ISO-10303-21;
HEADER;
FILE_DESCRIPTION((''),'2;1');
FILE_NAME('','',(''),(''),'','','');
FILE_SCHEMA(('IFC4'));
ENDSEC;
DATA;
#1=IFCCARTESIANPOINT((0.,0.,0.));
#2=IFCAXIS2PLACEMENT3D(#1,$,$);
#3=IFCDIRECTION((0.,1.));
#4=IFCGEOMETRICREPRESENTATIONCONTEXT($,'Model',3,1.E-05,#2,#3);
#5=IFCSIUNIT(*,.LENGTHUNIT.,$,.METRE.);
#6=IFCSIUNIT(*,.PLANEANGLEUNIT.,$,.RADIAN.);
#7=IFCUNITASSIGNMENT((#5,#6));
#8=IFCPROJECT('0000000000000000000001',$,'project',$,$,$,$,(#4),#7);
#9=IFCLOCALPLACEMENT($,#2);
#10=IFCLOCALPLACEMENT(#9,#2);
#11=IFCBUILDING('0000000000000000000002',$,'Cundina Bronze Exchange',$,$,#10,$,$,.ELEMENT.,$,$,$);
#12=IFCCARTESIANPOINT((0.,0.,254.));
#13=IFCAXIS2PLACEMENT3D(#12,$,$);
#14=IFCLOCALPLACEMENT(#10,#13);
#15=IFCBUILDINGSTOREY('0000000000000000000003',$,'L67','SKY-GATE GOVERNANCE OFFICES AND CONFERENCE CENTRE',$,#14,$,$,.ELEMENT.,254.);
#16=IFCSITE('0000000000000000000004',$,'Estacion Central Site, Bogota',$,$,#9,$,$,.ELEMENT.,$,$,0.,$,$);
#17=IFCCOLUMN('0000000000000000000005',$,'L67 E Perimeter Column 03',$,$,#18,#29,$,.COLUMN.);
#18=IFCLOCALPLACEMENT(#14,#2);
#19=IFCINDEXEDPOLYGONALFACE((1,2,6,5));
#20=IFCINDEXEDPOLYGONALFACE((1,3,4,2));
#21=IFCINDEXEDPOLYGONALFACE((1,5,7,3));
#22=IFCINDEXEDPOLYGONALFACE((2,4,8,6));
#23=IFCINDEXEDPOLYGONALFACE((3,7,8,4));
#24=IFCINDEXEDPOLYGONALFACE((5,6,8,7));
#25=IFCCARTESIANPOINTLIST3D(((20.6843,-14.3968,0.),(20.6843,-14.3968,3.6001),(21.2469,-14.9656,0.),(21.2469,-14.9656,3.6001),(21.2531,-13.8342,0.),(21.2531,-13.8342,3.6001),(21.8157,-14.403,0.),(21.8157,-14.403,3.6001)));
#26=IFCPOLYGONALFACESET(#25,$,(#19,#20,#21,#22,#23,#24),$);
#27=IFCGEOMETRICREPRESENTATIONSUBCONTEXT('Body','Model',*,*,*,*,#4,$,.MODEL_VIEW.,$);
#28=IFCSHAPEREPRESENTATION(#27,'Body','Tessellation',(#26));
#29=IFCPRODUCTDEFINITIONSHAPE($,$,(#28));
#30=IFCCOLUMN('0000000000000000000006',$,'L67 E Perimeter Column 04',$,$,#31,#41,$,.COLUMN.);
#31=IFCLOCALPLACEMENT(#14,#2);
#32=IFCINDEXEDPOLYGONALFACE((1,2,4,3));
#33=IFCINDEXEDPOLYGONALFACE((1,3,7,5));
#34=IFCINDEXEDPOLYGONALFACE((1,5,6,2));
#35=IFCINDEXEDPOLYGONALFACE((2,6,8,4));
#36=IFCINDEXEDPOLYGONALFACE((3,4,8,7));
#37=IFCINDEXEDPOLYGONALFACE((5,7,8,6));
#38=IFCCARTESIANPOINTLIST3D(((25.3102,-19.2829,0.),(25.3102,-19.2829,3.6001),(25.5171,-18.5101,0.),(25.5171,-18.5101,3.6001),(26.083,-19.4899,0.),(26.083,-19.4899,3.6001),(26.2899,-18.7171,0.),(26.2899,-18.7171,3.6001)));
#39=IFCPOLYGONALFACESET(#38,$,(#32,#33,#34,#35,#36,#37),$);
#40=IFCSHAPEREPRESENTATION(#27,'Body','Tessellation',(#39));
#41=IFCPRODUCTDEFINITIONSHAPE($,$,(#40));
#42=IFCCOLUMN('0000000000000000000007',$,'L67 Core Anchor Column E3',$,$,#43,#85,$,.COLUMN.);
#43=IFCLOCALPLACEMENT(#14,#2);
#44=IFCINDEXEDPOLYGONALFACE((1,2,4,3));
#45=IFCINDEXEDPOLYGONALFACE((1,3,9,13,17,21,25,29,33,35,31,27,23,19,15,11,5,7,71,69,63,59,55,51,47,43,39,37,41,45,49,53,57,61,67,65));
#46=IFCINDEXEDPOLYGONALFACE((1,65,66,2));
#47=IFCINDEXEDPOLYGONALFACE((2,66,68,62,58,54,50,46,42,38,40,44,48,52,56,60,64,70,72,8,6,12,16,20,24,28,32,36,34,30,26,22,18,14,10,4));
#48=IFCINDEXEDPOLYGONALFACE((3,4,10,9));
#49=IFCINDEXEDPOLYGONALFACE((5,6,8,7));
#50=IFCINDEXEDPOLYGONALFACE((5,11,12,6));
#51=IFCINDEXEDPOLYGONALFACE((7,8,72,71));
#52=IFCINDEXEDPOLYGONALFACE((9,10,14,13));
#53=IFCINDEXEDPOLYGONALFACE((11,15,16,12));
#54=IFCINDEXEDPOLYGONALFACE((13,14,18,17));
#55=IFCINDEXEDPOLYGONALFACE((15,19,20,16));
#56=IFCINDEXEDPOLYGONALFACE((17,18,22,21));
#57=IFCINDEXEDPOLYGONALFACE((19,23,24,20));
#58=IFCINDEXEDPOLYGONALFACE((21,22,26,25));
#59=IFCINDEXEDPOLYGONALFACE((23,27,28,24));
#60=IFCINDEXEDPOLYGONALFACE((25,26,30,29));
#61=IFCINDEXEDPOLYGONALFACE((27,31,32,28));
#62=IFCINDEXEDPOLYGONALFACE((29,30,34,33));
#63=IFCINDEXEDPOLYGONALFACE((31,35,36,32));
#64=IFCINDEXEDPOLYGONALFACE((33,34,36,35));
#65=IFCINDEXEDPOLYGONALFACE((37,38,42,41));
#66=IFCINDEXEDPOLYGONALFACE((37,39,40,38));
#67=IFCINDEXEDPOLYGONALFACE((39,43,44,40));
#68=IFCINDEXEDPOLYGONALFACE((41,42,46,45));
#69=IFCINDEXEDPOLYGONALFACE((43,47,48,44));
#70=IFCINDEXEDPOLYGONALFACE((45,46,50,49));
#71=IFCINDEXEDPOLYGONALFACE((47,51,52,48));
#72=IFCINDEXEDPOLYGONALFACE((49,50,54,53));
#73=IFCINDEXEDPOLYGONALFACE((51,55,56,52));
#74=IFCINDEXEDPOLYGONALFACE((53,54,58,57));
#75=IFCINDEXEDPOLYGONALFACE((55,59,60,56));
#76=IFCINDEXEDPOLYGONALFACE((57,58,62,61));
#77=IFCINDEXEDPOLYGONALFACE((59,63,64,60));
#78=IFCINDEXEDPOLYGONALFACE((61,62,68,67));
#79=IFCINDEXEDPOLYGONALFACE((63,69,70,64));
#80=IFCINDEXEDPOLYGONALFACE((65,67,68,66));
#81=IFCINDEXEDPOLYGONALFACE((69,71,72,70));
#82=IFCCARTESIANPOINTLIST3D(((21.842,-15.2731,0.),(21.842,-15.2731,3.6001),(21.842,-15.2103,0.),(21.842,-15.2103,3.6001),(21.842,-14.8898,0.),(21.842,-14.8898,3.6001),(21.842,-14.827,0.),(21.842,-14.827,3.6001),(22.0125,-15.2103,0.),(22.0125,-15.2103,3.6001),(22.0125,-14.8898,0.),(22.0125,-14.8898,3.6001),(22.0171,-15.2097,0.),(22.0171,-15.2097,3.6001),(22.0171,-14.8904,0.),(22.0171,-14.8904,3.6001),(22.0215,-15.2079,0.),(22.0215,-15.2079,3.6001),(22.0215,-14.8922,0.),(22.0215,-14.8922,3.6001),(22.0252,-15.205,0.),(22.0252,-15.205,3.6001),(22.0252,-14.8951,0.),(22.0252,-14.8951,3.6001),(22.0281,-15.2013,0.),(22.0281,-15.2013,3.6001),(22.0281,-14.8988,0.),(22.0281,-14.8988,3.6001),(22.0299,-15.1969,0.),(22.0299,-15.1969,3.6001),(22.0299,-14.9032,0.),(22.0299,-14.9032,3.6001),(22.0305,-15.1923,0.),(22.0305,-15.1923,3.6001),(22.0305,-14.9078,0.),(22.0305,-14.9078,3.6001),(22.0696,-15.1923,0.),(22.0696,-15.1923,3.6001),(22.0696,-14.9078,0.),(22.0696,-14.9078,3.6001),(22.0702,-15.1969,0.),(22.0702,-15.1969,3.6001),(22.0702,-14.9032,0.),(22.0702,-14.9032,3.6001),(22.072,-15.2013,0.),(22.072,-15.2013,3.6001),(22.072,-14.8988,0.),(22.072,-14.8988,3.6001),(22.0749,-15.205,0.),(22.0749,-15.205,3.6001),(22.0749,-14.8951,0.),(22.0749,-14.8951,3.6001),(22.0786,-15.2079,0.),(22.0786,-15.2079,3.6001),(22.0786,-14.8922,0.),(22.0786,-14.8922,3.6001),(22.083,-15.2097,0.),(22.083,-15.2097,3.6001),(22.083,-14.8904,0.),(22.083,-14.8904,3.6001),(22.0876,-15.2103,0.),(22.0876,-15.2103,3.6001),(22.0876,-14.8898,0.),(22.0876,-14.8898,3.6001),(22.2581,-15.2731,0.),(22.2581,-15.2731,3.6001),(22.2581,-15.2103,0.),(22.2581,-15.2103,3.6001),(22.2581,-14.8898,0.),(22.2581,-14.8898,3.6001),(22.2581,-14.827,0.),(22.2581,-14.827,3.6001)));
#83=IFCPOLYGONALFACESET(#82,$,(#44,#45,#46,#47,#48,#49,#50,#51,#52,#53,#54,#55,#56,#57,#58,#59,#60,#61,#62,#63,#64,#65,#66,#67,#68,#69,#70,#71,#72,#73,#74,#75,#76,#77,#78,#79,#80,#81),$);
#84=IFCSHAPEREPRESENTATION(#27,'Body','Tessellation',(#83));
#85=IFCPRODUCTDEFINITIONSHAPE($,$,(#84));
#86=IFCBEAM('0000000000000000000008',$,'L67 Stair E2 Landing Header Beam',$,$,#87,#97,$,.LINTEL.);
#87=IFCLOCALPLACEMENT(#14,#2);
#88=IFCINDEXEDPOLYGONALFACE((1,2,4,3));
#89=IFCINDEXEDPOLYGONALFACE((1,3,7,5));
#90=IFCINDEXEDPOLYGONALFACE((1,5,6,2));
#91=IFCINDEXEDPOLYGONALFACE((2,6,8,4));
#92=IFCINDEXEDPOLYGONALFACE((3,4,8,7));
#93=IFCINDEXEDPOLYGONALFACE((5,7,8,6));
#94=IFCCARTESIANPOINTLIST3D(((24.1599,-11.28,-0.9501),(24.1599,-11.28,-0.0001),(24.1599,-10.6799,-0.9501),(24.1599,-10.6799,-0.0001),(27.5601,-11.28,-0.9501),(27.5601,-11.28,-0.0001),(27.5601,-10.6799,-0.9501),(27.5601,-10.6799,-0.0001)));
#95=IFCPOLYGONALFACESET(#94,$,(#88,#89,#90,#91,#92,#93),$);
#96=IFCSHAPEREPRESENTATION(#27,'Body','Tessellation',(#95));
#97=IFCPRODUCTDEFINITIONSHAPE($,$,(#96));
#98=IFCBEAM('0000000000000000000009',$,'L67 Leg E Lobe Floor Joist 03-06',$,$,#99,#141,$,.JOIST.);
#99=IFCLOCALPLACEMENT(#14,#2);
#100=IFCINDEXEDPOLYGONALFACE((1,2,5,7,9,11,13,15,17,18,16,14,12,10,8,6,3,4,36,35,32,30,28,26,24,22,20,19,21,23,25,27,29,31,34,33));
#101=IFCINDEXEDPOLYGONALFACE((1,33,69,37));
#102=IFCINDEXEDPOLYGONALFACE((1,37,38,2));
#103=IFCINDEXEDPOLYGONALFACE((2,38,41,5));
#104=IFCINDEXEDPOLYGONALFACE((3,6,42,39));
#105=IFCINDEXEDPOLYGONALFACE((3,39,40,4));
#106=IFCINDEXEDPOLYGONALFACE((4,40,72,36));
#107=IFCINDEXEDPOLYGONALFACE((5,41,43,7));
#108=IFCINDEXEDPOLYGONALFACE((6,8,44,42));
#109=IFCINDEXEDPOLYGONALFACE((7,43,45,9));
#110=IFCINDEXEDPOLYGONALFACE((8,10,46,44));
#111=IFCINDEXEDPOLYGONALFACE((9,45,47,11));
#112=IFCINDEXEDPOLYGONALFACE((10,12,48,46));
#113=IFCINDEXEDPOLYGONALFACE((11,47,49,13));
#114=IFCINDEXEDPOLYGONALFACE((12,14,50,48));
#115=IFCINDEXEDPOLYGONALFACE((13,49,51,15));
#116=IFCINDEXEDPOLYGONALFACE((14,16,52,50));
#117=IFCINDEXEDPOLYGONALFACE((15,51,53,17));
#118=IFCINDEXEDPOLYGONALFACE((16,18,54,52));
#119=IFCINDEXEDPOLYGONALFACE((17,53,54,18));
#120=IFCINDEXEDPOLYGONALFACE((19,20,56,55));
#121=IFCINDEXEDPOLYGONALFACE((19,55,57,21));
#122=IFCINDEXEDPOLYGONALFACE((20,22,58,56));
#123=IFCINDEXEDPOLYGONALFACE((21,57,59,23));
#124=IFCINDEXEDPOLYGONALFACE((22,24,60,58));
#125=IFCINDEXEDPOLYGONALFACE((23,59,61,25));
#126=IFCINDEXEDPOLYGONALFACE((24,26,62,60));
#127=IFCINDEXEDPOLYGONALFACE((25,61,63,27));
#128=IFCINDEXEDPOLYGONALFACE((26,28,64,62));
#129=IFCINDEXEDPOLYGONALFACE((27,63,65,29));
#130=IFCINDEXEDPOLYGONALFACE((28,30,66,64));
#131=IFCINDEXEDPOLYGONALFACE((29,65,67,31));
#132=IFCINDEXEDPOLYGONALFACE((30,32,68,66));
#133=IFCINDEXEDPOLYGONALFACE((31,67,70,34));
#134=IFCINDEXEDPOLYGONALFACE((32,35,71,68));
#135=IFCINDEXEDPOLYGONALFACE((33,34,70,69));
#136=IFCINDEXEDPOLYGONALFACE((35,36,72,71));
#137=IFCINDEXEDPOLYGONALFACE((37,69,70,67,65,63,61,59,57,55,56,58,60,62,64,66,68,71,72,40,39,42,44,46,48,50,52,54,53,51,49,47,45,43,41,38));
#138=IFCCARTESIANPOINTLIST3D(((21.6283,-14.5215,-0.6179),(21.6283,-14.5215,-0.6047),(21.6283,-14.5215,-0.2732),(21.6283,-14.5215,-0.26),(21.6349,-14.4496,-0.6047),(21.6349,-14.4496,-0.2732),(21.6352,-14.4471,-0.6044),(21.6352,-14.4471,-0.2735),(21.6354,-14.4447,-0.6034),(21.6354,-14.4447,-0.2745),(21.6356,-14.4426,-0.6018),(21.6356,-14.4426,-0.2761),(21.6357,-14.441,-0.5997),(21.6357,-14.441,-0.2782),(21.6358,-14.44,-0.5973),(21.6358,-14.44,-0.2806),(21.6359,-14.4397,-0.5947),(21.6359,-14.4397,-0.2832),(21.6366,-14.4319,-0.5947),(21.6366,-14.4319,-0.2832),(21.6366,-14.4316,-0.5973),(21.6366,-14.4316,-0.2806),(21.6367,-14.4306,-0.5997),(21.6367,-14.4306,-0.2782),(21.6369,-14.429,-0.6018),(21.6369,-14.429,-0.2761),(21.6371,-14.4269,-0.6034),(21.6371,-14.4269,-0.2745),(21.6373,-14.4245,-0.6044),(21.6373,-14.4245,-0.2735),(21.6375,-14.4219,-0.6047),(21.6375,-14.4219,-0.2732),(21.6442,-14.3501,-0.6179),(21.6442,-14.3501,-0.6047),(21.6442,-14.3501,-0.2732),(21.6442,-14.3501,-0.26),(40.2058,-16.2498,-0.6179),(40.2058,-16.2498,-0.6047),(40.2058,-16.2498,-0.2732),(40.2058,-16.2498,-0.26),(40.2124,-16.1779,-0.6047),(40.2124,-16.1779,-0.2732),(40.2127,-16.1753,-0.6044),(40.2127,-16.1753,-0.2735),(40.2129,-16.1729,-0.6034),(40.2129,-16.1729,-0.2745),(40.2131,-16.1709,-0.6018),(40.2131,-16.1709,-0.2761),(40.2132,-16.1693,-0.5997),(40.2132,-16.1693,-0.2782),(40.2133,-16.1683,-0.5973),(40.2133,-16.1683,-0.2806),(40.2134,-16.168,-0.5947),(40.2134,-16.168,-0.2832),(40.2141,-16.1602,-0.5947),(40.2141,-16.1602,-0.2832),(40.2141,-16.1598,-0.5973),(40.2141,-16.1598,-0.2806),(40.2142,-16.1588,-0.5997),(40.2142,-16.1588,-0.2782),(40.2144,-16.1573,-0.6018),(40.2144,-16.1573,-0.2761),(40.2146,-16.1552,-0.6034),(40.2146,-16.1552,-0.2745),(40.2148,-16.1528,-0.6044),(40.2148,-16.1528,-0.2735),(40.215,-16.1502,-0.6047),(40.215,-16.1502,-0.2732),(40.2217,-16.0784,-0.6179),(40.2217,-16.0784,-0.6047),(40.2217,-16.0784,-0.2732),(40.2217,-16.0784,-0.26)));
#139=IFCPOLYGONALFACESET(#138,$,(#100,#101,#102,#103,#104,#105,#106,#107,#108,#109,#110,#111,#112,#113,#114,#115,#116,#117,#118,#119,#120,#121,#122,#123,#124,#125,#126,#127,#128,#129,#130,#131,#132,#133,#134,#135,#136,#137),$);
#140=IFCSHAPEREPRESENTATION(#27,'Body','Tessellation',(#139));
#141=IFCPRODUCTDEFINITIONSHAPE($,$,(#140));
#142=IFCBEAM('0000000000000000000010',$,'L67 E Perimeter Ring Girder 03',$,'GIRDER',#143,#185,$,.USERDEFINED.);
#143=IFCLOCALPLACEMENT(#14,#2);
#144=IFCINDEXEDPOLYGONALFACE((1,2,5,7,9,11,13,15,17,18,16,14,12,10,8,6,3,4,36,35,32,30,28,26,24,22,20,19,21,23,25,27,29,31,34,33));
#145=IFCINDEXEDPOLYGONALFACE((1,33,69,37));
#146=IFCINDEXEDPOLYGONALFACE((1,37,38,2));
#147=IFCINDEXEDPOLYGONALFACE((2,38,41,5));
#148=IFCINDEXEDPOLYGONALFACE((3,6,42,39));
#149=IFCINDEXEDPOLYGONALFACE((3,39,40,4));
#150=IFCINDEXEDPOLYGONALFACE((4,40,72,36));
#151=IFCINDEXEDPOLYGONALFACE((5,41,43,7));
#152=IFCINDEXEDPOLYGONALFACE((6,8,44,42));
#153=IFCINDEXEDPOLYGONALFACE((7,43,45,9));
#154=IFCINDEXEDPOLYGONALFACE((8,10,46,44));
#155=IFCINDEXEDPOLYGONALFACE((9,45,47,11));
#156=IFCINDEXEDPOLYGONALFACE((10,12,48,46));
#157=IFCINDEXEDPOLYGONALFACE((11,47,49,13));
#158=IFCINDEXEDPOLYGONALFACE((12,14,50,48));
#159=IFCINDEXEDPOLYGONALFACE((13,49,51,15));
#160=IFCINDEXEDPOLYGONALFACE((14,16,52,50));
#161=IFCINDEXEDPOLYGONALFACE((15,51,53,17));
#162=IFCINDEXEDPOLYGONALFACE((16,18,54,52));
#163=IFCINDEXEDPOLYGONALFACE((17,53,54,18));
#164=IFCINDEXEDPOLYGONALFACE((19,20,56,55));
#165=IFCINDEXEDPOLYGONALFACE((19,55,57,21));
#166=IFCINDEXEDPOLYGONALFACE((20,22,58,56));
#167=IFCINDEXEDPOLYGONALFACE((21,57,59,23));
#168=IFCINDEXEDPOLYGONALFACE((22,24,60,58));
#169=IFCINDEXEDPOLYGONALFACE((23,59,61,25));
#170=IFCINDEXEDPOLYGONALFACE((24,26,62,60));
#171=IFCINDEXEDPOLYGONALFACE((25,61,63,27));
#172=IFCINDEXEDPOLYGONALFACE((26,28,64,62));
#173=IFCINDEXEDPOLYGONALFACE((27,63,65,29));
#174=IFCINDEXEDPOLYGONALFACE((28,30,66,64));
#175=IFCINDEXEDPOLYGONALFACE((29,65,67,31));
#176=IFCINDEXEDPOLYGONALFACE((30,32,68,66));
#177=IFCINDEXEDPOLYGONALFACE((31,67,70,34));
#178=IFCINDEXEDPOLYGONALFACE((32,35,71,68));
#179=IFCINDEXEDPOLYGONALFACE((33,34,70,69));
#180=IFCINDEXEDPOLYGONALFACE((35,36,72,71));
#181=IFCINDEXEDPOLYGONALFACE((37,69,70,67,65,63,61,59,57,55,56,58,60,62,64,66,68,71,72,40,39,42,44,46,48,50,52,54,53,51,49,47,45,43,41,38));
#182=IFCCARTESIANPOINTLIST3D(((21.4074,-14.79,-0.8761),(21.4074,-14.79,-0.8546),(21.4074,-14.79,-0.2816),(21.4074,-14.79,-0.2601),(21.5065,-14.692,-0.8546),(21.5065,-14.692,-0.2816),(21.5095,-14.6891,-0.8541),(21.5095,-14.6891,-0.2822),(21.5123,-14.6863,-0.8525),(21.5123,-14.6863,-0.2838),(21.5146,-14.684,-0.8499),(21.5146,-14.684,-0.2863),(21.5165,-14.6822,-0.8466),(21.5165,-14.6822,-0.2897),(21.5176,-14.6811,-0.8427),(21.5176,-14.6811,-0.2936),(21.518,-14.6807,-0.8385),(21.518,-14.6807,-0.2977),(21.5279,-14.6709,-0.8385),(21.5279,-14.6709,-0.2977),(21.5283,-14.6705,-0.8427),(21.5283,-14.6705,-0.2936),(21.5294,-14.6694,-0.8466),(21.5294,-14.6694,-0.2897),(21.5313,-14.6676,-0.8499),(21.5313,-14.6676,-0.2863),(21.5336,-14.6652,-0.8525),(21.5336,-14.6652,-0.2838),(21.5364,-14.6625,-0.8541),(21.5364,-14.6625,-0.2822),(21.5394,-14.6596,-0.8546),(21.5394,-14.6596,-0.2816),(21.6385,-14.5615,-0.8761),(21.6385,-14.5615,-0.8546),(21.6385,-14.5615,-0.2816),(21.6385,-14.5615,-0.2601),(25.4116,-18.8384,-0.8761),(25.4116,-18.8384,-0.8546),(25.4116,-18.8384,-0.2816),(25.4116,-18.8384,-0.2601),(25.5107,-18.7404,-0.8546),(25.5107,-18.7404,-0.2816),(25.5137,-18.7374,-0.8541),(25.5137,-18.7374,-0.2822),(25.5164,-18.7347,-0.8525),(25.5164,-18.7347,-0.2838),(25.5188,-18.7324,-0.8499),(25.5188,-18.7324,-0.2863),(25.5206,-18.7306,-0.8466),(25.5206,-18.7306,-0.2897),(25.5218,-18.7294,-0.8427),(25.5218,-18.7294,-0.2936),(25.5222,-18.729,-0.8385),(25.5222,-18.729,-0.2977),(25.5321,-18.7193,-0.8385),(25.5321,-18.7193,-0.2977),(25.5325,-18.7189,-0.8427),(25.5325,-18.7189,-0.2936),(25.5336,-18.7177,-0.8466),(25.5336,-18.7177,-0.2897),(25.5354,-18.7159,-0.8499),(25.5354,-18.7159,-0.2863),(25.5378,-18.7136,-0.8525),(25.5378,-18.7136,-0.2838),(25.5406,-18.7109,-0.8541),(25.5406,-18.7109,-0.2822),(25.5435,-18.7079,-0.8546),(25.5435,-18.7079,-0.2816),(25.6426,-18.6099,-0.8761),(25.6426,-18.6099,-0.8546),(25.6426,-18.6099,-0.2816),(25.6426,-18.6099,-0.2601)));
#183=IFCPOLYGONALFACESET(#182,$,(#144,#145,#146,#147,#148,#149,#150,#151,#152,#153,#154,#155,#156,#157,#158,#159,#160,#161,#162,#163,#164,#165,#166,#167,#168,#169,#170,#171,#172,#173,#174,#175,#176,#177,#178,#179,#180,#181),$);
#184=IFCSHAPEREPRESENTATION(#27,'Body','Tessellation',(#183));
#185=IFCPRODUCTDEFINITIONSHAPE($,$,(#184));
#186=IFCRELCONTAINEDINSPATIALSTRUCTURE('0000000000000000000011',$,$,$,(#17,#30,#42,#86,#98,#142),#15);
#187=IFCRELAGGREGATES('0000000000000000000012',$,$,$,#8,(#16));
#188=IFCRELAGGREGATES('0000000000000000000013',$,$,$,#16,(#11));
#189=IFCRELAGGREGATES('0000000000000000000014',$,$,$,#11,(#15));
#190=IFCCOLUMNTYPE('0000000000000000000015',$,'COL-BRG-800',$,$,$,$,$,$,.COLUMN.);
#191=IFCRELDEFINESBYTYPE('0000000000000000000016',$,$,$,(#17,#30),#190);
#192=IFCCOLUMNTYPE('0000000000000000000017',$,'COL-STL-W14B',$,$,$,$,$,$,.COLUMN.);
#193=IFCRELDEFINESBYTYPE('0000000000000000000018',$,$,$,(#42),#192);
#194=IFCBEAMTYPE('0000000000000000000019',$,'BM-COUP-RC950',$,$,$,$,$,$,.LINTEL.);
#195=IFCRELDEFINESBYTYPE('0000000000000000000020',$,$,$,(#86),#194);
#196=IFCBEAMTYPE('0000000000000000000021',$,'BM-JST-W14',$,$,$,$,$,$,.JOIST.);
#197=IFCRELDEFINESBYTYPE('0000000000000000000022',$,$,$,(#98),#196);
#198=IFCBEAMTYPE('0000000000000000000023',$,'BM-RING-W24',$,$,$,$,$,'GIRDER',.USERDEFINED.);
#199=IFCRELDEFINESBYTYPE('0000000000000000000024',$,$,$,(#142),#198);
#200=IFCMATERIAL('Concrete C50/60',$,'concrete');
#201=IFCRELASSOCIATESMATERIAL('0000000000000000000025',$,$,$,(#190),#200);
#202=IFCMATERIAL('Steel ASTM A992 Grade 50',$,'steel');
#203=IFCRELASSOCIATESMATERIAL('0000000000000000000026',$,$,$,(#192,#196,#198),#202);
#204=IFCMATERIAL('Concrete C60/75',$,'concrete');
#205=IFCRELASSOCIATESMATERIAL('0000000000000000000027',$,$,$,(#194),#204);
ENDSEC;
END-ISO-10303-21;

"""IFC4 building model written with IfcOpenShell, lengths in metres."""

from ifc_helpers import new_model, si_unit, direction, frame, origin, origin_2d, place, context, subcontext, project, spatial, rectangle, i_section, extrude, material, material_profile, profile_set, type_object, element, save


model = new_model("IFC4")

# Units and contexts
model_context = context("Model", 3, precision=1e-05, world=origin(), true_north=direction((0.0, 1.0)))
body_context = subcontext(model_context, "Body", "Model", "MODEL_VIEW")
ifc_project = project(units=[si_unit("LENGTHUNIT", "METRE"), si_unit("PLANEANGLEUNIT", "RADIAN")], contexts=[model_context])

# Site, building, storey
site_placement = place(None, origin())
site = spatial("IfcSite", under=ifc_project, at=site_placement, Name="Estacion Central Site, Bogota", CompositionType="ELEMENT", RefElevation=0.0)
building_placement = place(site_placement, origin())
building = spatial("IfcBuilding", under=site, at=building_placement, Name="Cundina Bronze Exchange", CompositionType="ELEMENT")
storey_placement = place(building_placement, frame((0.0, 0.0, 254.0)))
storey = spatial("IfcBuildingStorey", under=building, at=storey_placement, Name="L67", Description="SKY-GATE GOVERNANCE OFFICES AND CONFERENCE CENTRE", CompositionType="ELEMENT", Elevation=254.0)

# Columns
ifc_material_1 = material(Name="Concrete C50/60", Category="concrete")
ifc_material_profile_1 = material_profile(ifc_material_1, rectangle(XDim=0.8, YDim=0.8, at=origin_2d()), Name="RC800X800", Category="concrete")
ifc_profile_set_1 = profile_set([ifc_material_profile_1], Name="Concrete C50/60")
column_type_1 = type_object("IfcColumnType", Name="COL-BRG-800", PredefinedType="COLUMN", material=ifc_profile_set_1)
for number, where, z_axis, x_axis, name in (
    (1, (21.25, -14.3999, 0.0), (0.0, 0.0, 1.0), (0.703271, -0.710922, 0.0), "L67 E Perimeter Column 03"),
    (2, (25.8, -19.0, 0.0), (0.0, 0.0, 1.0), (0.965971, -0.25865, 0.0), "L67 E Perimeter Column 04"),
):
    element("IfcColumn", number, at=place(storey_placement, frame(where, z_axis=z_axis, x_axis=x_axis)), inside=storey, type_object=column_type_1, Name=name, PredefinedType="COLUMN", context=body_context, shape_type="SweptSolid", body=[
        extrude(rectangle(XDim=0.8, YDim=0.8, at=origin_2d()), origin(), (0.0, 0.0, 1.0), 3.6001),
    ])
ifc_material_2 = material(Name="Steel ASTM A992 Grade 50", Category="steel")
ifc_material_profile_2 = material_profile(ifc_material_2, i_section(OverallWidth=0.416, OverallDepth=0.446, WebThickness=0.0391, FlangeThickness=0.0627, FilletRadius=0.0181, at=origin_2d()), Name="W14X342", Category="steel")
ifc_profile_set_2 = profile_set([ifc_material_profile_2], Name="Steel ASTM A992 Grade 50")
column_type_2 = type_object("IfcColumnType", Name="COL-STL-W14B", PredefinedType="COLUMN", material=ifc_profile_set_2)
column_placement = place(storey_placement, frame((22.05, -15.05, 0.0), z_axis=(0.0, 0.0, 1.0), x_axis=(1.0, 0.0, 0.0)))
element("IfcColumn", 3, at=column_placement, inside=storey, type_object=column_type_2, Name="L67 Core Anchor Column E3", PredefinedType="COLUMN", context=body_context, shape_type="SweptSolid", body=[
    extrude(i_section(OverallWidth=0.416, OverallDepth=0.446, WebThickness=0.0391, FlangeThickness=0.0627, FilletRadius=0.0181, at=origin_2d()), origin(), (0.0, 0.0, 1.0), 3.6001),
])

# Beams
ifc_material_3 = material(Name="Concrete C60/75", Category="concrete")
ifc_material_profile_3 = material_profile(ifc_material_3, rectangle(XDim=0.6001, YDim=0.95, at=origin_2d()), Name="RC600X950", Category="concrete")
ifc_profile_set_3 = profile_set([ifc_material_profile_3], Name="Concrete C60/75")
beam_type_1 = type_object("IfcBeamType", Name="BM-COUP-RC950", PredefinedType="LINTEL", material=ifc_profile_set_3)
beam_1_placement = place(storey_placement, frame((24.1599, -10.98, -0.4751), z_axis=(1.0, 0.0, 0.0), x_axis=(0.0, 1.0, 0.0)))
element("IfcBeam", 4, at=beam_1_placement, inside=storey, type_object=beam_type_1, Name="L67 Stair E2 Landing Header Beam", PredefinedType="LINTEL", context=body_context, shape_type="SweptSolid", body=[
    extrude(rectangle(XDim=0.6001, YDim=0.95, at=origin_2d()), origin(), (0.0, 0.0, 1.0), 3.4001),
])
ifc_material_profile_4 = material_profile(ifc_material_2, i_section(OverallWidth=0.1721, OverallDepth=0.3579, WebThickness=0.0078, FlangeThickness=0.0132, FilletRadius=0.01, at=origin_2d()), Name="W14X38", Category="steel")
ifc_profile_set_4 = profile_set([ifc_material_profile_4], Name="Steel ASTM A992 Grade 50")
beam_type_2 = type_object("IfcBeamType", Name="BM-JST-W14", PredefinedType="JOIST", material=ifc_profile_set_4)
beam_2_placement = place(storey_placement, frame((21.6362, -14.4358, -0.439), z_axis=(0.995701, -0.092631, 0.0), x_axis=(0.092631, 0.995701, 0.0)))
element("IfcBeam", 5, at=beam_2_placement, inside=storey, type_object=beam_type_2, Name="L67 Leg E Lobe Floor Joist 03-06", PredefinedType="JOIST", context=body_context, shape_type="SweptSolid", body=[
    extrude(i_section(OverallWidth=0.1721, OverallDepth=0.3579, WebThickness=0.0078, FlangeThickness=0.0132, FilletRadius=0.01, at=origin_2d()), origin(), (0.0, 0.0, 1.0), 18.6577),
])
ifc_material_profile_5 = material_profile(ifc_material_2, i_section(OverallWidth=0.325, OverallDepth=0.616, WebThickness=0.0139, FlangeThickness=0.0215, FilletRadius=0.0161, at=origin_2d()), Name="W24X117", Category="steel")
ifc_profile_set_5 = profile_set([ifc_material_profile_5], Name="Steel ASTM A992 Grade 50")
beam_type_3 = type_object("IfcBeamType", Name="BM-RING-W24", ElementType="GIRDER", PredefinedType="USERDEFINED", material=ifc_profile_set_5)
beam_3_placement = place(storey_placement, frame((21.5229, -14.6758, -0.5681), z_axis=(0.703216, -0.710976, 0.0), x_axis=(0.710976, 0.703216, 0.0)))
element("IfcBeam", 6, at=beam_3_placement, inside=storey, type_object=beam_type_3, Name="L67 E Perimeter Ring Girder 03", ObjectType="GIRDER", PredefinedType="USERDEFINED", context=body_context, shape_type="SweptSolid", body=[
    extrude(i_section(OverallWidth=0.325, OverallDepth=0.616, WebThickness=0.0139, FlangeThickness=0.0215, FilletRadius=0.0161, at=origin_2d()), origin(), (0.0, 0.0, 1.0), 5.6941),
])

save(model, "model.ifc")
